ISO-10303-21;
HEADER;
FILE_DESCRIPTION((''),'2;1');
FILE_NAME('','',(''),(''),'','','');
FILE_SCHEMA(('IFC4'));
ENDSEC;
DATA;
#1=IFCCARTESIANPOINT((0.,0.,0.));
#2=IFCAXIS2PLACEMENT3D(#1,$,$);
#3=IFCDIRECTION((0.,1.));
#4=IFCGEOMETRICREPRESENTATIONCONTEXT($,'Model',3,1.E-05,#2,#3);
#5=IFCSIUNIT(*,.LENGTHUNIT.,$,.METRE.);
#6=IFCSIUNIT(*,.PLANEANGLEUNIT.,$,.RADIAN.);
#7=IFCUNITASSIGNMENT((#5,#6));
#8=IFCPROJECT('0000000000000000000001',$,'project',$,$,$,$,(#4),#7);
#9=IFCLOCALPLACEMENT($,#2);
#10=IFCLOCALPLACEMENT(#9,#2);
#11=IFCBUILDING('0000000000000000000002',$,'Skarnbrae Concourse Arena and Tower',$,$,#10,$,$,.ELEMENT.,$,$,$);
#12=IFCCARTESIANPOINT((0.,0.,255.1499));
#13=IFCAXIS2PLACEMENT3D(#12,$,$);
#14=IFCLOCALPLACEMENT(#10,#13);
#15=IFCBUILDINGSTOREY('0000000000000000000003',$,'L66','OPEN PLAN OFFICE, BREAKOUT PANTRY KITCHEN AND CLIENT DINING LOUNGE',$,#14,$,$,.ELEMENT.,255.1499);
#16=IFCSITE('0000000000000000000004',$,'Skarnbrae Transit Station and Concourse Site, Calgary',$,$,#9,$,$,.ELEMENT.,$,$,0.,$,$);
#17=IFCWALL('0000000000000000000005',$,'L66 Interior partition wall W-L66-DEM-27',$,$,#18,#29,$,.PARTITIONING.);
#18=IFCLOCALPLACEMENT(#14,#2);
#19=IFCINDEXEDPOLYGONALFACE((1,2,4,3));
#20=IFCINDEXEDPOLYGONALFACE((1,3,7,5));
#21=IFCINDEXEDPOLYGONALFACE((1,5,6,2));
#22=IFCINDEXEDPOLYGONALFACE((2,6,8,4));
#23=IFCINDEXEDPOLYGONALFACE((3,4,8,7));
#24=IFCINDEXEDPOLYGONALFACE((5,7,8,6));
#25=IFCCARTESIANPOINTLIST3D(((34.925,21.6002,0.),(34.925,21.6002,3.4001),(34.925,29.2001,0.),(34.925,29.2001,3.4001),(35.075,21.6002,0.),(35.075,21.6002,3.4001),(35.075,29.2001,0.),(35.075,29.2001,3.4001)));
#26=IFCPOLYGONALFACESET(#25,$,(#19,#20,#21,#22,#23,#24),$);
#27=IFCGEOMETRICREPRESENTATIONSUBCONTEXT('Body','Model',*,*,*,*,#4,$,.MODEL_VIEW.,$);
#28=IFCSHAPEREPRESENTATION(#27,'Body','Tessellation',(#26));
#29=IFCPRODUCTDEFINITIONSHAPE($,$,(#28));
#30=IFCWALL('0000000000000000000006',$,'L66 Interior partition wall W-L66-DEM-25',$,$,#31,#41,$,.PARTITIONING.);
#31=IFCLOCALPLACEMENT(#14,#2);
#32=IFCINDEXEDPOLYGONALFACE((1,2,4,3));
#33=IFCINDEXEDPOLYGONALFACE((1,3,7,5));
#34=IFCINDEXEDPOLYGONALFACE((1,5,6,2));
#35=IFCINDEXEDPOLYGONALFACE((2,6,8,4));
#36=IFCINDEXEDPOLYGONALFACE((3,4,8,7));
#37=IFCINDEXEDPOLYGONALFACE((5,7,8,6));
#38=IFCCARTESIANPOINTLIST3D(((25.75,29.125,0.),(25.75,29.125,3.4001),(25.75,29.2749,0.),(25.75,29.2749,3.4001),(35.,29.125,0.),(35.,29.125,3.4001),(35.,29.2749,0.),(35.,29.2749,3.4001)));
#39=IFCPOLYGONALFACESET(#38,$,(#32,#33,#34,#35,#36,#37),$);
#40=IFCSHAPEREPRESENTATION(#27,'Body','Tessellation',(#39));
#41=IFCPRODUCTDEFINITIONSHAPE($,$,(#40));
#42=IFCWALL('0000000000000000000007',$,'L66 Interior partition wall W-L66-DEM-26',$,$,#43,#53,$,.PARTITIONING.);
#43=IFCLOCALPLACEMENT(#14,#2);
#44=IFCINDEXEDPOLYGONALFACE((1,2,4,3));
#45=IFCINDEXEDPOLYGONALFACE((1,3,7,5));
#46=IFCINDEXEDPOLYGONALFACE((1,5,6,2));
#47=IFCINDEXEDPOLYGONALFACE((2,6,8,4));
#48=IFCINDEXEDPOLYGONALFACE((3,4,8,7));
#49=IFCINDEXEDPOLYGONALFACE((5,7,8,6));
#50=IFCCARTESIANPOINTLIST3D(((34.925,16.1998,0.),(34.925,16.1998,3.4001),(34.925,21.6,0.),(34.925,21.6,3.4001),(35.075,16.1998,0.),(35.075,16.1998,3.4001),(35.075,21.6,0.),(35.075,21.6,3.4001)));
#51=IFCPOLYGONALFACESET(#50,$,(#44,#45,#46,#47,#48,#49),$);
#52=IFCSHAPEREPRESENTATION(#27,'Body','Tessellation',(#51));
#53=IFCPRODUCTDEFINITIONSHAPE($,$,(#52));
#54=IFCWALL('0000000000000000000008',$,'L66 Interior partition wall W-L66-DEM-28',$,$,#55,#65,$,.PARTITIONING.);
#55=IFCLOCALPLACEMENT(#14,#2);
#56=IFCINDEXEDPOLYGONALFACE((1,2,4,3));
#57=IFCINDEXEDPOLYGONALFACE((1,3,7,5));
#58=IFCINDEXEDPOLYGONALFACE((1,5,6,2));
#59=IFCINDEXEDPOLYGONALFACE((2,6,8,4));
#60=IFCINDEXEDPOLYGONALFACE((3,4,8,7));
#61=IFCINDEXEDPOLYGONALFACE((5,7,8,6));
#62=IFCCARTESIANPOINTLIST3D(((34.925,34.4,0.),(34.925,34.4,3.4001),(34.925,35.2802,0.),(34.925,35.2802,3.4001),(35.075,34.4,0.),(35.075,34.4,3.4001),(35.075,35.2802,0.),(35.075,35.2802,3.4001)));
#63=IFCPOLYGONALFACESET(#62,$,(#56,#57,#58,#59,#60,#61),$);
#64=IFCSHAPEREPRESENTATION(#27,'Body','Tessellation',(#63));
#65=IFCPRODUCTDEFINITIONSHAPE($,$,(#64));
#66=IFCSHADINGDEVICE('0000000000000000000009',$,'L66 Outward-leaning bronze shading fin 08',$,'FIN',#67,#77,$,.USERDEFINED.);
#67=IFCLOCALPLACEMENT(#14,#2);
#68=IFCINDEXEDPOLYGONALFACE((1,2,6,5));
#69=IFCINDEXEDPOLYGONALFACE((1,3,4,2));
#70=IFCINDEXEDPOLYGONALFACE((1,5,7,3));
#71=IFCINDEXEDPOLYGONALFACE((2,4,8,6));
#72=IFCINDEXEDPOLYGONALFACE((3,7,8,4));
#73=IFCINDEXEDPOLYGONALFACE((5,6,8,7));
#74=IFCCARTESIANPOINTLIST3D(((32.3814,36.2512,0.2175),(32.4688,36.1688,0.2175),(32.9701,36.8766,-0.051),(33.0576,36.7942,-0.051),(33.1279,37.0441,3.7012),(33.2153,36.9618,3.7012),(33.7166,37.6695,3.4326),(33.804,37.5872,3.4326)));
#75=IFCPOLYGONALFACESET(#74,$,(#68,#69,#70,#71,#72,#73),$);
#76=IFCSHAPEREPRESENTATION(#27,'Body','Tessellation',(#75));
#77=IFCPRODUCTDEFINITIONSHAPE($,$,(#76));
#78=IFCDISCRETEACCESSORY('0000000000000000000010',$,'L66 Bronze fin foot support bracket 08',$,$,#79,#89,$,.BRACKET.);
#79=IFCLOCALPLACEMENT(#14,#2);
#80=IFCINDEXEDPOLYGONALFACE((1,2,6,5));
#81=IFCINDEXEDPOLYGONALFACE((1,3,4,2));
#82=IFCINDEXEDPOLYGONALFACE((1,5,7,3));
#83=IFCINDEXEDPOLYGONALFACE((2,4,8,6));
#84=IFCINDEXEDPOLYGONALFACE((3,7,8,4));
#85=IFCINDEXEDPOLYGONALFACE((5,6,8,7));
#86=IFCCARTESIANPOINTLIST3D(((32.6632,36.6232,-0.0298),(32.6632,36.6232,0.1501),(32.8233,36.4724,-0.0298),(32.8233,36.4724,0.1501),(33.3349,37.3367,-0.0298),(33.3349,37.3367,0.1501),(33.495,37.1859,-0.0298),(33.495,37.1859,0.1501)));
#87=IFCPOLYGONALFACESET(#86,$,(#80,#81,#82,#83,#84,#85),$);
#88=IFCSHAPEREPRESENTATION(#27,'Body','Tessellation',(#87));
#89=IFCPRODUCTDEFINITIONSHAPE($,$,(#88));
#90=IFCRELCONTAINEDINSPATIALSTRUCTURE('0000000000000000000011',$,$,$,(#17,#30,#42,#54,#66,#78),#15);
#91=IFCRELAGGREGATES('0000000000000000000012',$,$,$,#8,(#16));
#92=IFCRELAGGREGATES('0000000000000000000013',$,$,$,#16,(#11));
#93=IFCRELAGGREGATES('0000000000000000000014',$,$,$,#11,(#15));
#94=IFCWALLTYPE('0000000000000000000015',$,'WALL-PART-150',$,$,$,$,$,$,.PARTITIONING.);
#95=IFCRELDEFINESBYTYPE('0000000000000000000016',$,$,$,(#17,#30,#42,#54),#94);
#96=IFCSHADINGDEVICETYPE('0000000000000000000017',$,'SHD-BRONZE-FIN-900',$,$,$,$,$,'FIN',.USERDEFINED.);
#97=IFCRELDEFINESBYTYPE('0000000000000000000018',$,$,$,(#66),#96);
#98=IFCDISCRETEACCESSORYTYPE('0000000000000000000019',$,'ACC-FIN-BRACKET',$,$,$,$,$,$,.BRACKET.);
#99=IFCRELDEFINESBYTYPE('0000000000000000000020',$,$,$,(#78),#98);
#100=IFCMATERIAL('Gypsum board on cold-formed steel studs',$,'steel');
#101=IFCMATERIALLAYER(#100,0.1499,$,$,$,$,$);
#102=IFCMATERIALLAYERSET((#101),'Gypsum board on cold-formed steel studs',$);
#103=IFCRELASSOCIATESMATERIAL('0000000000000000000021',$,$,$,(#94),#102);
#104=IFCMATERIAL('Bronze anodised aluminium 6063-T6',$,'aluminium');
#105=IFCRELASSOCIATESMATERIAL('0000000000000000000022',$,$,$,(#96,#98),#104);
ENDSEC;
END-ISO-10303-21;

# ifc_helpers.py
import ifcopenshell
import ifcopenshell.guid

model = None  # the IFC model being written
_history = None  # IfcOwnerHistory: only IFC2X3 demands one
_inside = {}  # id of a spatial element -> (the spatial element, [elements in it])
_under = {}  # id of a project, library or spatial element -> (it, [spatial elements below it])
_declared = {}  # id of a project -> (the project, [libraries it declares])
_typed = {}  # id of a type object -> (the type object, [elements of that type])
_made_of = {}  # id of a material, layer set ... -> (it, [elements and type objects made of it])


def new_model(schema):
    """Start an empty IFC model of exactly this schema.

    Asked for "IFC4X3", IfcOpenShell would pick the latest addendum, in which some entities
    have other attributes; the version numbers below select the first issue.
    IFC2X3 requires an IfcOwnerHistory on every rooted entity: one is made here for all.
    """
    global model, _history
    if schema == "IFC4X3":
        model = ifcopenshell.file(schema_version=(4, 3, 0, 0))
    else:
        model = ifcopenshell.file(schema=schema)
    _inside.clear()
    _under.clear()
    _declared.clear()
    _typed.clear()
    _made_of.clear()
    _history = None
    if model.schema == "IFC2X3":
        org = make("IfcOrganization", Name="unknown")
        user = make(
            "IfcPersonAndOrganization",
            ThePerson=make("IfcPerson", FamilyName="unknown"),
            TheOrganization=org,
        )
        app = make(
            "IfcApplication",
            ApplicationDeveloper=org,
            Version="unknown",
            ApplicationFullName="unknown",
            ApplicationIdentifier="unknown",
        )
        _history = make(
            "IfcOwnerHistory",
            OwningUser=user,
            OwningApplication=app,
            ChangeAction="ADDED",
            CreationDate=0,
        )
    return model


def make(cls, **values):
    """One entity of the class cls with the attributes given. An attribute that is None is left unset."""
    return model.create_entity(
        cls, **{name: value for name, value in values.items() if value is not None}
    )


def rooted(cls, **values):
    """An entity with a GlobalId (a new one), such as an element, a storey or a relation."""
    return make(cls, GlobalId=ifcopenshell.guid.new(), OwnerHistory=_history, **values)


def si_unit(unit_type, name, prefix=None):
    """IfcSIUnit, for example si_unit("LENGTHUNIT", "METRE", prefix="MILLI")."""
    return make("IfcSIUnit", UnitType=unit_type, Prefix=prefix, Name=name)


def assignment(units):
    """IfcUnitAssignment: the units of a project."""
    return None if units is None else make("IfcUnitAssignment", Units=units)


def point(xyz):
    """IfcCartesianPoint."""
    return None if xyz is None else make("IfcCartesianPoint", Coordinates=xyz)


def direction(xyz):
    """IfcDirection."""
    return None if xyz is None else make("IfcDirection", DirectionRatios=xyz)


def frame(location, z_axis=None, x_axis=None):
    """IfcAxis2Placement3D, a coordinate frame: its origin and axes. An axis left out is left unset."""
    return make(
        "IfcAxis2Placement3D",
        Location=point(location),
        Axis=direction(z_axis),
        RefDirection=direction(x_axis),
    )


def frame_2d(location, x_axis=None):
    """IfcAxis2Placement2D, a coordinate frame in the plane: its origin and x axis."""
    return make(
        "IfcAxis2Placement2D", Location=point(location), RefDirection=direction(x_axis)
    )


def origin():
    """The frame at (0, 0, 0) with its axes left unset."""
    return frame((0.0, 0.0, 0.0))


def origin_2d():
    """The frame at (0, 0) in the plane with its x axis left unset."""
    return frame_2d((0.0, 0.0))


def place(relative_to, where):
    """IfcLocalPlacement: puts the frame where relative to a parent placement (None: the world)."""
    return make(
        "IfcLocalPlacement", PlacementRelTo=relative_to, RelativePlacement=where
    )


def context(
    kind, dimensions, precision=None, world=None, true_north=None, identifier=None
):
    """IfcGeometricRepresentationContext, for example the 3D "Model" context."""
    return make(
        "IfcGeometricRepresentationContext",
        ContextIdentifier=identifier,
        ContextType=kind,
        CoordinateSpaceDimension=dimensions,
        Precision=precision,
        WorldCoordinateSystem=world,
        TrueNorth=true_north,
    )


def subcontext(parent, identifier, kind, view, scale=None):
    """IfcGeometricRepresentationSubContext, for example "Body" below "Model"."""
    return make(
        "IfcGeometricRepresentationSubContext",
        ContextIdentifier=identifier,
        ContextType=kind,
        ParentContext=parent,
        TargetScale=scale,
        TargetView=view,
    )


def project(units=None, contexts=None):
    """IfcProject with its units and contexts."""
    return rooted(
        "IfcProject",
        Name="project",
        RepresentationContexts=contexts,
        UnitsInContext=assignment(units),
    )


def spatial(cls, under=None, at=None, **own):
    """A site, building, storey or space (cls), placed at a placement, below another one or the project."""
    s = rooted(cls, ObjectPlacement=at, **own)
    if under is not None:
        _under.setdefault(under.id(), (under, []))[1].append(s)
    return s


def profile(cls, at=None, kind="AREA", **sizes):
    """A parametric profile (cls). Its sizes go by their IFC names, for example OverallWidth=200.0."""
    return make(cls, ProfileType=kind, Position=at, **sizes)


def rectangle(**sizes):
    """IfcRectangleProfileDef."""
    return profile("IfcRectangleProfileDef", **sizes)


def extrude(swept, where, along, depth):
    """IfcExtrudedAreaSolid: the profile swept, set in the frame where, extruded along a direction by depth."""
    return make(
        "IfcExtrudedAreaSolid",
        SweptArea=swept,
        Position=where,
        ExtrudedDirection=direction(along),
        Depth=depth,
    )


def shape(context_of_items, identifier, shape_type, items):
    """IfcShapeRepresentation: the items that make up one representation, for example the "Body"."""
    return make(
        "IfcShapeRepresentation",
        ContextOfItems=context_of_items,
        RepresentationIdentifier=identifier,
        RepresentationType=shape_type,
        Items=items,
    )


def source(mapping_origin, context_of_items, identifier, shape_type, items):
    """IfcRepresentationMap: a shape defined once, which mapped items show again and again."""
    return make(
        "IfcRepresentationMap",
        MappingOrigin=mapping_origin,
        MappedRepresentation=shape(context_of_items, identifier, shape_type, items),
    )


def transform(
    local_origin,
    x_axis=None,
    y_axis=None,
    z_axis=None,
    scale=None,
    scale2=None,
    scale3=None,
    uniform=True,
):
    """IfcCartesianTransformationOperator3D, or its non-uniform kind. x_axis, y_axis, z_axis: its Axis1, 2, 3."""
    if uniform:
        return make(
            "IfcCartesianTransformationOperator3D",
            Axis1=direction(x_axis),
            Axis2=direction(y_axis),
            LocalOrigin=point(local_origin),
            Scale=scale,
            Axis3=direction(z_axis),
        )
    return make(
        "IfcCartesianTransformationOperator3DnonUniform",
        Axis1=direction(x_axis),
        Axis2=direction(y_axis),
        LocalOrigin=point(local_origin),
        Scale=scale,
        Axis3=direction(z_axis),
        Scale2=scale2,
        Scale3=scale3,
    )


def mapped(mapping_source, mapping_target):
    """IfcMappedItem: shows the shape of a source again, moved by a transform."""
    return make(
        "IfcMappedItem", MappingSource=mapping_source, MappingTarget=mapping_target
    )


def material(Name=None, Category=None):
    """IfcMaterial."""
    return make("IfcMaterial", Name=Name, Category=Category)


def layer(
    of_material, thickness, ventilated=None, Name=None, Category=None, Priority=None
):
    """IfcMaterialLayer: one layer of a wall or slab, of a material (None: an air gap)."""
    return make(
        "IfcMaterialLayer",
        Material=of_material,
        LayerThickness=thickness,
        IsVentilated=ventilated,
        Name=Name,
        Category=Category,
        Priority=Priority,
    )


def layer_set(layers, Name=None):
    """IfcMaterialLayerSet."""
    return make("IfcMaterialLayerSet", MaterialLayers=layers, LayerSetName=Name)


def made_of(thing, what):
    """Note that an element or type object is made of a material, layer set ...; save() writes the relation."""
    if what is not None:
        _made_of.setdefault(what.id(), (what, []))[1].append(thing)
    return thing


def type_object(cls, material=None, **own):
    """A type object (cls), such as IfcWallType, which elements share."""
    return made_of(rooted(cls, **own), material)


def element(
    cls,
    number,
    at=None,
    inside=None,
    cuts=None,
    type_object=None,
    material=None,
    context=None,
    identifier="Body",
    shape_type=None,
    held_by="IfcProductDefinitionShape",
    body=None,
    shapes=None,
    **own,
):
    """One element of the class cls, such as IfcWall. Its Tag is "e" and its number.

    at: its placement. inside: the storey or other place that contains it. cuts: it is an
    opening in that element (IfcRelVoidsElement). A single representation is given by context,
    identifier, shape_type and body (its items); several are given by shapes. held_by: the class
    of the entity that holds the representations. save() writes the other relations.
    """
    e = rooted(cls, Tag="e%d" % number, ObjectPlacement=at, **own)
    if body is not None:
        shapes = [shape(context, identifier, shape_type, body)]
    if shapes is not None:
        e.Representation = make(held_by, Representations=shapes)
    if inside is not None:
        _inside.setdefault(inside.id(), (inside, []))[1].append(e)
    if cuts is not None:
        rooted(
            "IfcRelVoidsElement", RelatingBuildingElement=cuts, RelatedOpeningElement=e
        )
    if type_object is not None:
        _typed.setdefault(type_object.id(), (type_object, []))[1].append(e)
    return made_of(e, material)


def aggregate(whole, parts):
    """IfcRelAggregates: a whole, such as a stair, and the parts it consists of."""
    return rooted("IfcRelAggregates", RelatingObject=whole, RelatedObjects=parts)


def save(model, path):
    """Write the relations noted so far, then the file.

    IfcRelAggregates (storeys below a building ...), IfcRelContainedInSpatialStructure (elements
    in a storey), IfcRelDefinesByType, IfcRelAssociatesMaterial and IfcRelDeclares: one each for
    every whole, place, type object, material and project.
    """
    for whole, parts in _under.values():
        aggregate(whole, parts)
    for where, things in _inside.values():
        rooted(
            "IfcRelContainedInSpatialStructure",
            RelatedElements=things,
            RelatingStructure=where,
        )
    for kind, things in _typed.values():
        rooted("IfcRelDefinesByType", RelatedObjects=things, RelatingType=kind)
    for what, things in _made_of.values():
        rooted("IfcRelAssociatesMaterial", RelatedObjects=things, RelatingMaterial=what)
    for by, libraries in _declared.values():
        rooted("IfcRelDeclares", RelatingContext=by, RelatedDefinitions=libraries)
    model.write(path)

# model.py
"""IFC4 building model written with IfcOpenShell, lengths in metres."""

from ifc_helpers import new_model, si_unit, direction, frame, frame_2d, origin, origin_2d, place, context, subcontext, project, spatial, rectangle, extrude, source, transform, mapped, material, layer, layer_set, type_object, element, save


model = new_model("IFC4")

# Units and contexts
model_context = context("Model", 3, precision=1e-05, world=origin(), true_north=direction((0.0, 1.0)))
body_context = subcontext(model_context, "Body", "Model", "MODEL_VIEW")
ifc_project = project(units=[si_unit("LENGTHUNIT", "METRE"), si_unit("PLANEANGLEUNIT", "RADIAN")], contexts=[model_context])

# Site, building, storey
site_placement = place(None, origin())
site = spatial("IfcSite", under=ifc_project, at=site_placement, Name="Skarnbrae Transit Station and Concourse Site, Calgary", CompositionType="ELEMENT", RefElevation=0.0)
building_placement = place(site_placement, origin())
building = spatial("IfcBuilding", under=site, at=building_placement, Name="Skarnbrae Concourse Arena and Tower", CompositionType="ELEMENT")
storey_placement = place(building_placement, frame((0.0, 0.0, 255.1499)))
storey = spatial("IfcBuildingStorey", under=building, at=storey_placement, Name="L66", Description="OPEN PLAN OFFICE, BREAKOUT PANTRY KITCHEN AND CLIENT DINING LOUNGE", CompositionType="ELEMENT", Elevation=255.1499)

# Shared definitions
ifc_material_1 = material(Name="Bronze anodised aluminium 6063-T6", Category="aluminium")

# Walls
ifc_material_2 = material(Name="Gypsum board on cold-formed steel studs", Category="steel")
ifc_layer_1 = layer(ifc_material_2, 0.1499)
ifc_layer_set_1 = layer_set([ifc_layer_1], Name="Gypsum board on cold-formed steel studs")
wall_type_1 = type_object("IfcWallType", Name="WALL-PART-150", PredefinedType="PARTITIONING", material=ifc_layer_set_1)
shared_shape_1 = source(origin(), body_context, "Body", "SweptSolid", [
    extrude(rectangle(XDim=7.5999, YDim=0.1499, at=frame_2d((3.7998, 0.0))), origin(), (0.0, 0.0, 1.0), 3.4001),
])
wall_1_placement = place(storey_placement, frame((35.0, 29.2, 0.0), z_axis=(0.0, 0.0, 1.0), x_axis=(0.0, -1.0, 0.0)))
element("IfcWall", 1, at=wall_1_placement, inside=storey, type_object=wall_type_1, Name="L66 Interior partition wall W-L66-DEM-27", PredefinedType="PARTITIONING", context=body_context, shape_type="MappedRepresentation", body=[
    mapped(shared_shape_1, transform((0.0, 0.0, 0.0))),
])
shared_shape_2 = source(origin(), body_context, "Body", "SweptSolid", [
    extrude(rectangle(XDim=9.25, YDim=0.1499, at=frame_2d((4.625, 0.0))), origin(), (0.0, 0.0, 1.0), 3.4001),
])
wall_2_placement = place(storey_placement, frame((35.0, 29.2, 0.0), z_axis=(0.0, 0.0, 1.0), x_axis=(-1.0, 0.0, 0.0)))
element("IfcWall", 2, at=wall_2_placement, inside=storey, type_object=wall_type_1, Name="L66 Interior partition wall W-L66-DEM-25", PredefinedType="PARTITIONING", context=body_context, shape_type="MappedRepresentation", body=[
    mapped(shared_shape_2, transform((0.0, 0.0, 0.0))),
])
shared_shape_3 = source(origin(), body_context, "Body", "SweptSolid", [
    extrude(rectangle(XDim=5.4001, YDim=0.1499, at=frame_2d((2.7002, 0.0))), origin(), (0.0, 0.0, 1.0), 3.4001),
])
wall_3_placement = place(storey_placement, frame((35.0, 21.6001, 0.0), z_axis=(0.0, 0.0, 1.0), x_axis=(0.0, -1.0, 0.0)))
element("IfcWall", 3, at=wall_3_placement, inside=storey, type_object=wall_type_1, Name="L66 Interior partition wall W-L66-DEM-26", PredefinedType="PARTITIONING", context=body_context, shape_type="MappedRepresentation", body=[
    mapped(shared_shape_3, transform((0.0, 0.0, 0.0))),
])
shared_shape_4 = source(origin(), body_context, "Body", "SweptSolid", [
    extrude(rectangle(XDim=0.8801, YDim=0.1499, at=frame_2d((0.4399, 0.0))), origin(), (0.0, 0.0, 1.0), 3.4001),
])
wall_4_placement = place(storey_placement, frame((35.0, 35.28, 0.0), z_axis=(0.0, 0.0, 1.0), x_axis=(0.0, -1.0, 0.0)))
element("IfcWall", 4, at=wall_4_placement, inside=storey, type_object=wall_type_1, Name="L66 Interior partition wall W-L66-DEM-28", PredefinedType="PARTITIONING", context=body_context, shape_type="MappedRepresentation", body=[
    mapped(shared_shape_4, transform((0.0, 0.0, 0.0))),
])

# Shading device
shading_device_type = type_object("IfcShadingDeviceType", Name="SHD-BRONZE-FIN-900", ElementType="FIN", PredefinedType="USERDEFINED", material=ifc_material_1)
shared_shape_5 = source(origin(), body_context, "Body", "SweptSolid", [
    extrude(rectangle(XDim=0.1201, YDim=0.8999, at=origin_2d()), origin(), (0.0, 0.0, 1.0), 3.6499),
])
shading_device_placement = place(storey_placement, frame((32.7195, 36.5227, 0.0833), z_axis=(0.204517, 0.217256, 0.954449), x_axis=(0.728132, -0.685437, 0.0)))
element("IfcShadingDevice", 5, at=shading_device_placement, inside=storey, type_object=shading_device_type, Name="L66 Outward-leaning bronze shading fin 08", ObjectType="FIN", PredefinedType="USERDEFINED", context=body_context, shape_type="MappedRepresentation", body=[
    mapped(shared_shape_5, transform((0.0, 0.0, 0.0))),
])

# Discrete accessory
discrete_accessory_type = type_object("IfcDiscreteAccessoryType", Name="ACC-FIN-BRACKET", PredefinedType="BRACKET", material=ifc_material_1)
shared_shape_6 = source(origin(), body_context, "Body", "SweptSolid", [
    extrude(rectangle(XDim=0.22, YDim=0.98, at=origin_2d()), origin(), (0.0, 0.0, 1.0), 0.1799),
])
discrete_accessory_placement = place(storey_placement, frame((33.0791, 36.9045, -0.0298), z_axis=(0.0, 0.0, 1.0), x_axis=(0.728132, -0.685437, 0.0)))
element("IfcDiscreteAccessory", 6, at=discrete_accessory_placement, inside=storey, type_object=discrete_accessory_type, Name="L66 Bronze fin foot support bracket 08", PredefinedType="BRACKET", context=body_context, shape_type="MappedRepresentation", body=[
    mapped(shared_shape_6, transform((0.0, 0.0, 0.0))),
])

save(model, "model.ifc")
